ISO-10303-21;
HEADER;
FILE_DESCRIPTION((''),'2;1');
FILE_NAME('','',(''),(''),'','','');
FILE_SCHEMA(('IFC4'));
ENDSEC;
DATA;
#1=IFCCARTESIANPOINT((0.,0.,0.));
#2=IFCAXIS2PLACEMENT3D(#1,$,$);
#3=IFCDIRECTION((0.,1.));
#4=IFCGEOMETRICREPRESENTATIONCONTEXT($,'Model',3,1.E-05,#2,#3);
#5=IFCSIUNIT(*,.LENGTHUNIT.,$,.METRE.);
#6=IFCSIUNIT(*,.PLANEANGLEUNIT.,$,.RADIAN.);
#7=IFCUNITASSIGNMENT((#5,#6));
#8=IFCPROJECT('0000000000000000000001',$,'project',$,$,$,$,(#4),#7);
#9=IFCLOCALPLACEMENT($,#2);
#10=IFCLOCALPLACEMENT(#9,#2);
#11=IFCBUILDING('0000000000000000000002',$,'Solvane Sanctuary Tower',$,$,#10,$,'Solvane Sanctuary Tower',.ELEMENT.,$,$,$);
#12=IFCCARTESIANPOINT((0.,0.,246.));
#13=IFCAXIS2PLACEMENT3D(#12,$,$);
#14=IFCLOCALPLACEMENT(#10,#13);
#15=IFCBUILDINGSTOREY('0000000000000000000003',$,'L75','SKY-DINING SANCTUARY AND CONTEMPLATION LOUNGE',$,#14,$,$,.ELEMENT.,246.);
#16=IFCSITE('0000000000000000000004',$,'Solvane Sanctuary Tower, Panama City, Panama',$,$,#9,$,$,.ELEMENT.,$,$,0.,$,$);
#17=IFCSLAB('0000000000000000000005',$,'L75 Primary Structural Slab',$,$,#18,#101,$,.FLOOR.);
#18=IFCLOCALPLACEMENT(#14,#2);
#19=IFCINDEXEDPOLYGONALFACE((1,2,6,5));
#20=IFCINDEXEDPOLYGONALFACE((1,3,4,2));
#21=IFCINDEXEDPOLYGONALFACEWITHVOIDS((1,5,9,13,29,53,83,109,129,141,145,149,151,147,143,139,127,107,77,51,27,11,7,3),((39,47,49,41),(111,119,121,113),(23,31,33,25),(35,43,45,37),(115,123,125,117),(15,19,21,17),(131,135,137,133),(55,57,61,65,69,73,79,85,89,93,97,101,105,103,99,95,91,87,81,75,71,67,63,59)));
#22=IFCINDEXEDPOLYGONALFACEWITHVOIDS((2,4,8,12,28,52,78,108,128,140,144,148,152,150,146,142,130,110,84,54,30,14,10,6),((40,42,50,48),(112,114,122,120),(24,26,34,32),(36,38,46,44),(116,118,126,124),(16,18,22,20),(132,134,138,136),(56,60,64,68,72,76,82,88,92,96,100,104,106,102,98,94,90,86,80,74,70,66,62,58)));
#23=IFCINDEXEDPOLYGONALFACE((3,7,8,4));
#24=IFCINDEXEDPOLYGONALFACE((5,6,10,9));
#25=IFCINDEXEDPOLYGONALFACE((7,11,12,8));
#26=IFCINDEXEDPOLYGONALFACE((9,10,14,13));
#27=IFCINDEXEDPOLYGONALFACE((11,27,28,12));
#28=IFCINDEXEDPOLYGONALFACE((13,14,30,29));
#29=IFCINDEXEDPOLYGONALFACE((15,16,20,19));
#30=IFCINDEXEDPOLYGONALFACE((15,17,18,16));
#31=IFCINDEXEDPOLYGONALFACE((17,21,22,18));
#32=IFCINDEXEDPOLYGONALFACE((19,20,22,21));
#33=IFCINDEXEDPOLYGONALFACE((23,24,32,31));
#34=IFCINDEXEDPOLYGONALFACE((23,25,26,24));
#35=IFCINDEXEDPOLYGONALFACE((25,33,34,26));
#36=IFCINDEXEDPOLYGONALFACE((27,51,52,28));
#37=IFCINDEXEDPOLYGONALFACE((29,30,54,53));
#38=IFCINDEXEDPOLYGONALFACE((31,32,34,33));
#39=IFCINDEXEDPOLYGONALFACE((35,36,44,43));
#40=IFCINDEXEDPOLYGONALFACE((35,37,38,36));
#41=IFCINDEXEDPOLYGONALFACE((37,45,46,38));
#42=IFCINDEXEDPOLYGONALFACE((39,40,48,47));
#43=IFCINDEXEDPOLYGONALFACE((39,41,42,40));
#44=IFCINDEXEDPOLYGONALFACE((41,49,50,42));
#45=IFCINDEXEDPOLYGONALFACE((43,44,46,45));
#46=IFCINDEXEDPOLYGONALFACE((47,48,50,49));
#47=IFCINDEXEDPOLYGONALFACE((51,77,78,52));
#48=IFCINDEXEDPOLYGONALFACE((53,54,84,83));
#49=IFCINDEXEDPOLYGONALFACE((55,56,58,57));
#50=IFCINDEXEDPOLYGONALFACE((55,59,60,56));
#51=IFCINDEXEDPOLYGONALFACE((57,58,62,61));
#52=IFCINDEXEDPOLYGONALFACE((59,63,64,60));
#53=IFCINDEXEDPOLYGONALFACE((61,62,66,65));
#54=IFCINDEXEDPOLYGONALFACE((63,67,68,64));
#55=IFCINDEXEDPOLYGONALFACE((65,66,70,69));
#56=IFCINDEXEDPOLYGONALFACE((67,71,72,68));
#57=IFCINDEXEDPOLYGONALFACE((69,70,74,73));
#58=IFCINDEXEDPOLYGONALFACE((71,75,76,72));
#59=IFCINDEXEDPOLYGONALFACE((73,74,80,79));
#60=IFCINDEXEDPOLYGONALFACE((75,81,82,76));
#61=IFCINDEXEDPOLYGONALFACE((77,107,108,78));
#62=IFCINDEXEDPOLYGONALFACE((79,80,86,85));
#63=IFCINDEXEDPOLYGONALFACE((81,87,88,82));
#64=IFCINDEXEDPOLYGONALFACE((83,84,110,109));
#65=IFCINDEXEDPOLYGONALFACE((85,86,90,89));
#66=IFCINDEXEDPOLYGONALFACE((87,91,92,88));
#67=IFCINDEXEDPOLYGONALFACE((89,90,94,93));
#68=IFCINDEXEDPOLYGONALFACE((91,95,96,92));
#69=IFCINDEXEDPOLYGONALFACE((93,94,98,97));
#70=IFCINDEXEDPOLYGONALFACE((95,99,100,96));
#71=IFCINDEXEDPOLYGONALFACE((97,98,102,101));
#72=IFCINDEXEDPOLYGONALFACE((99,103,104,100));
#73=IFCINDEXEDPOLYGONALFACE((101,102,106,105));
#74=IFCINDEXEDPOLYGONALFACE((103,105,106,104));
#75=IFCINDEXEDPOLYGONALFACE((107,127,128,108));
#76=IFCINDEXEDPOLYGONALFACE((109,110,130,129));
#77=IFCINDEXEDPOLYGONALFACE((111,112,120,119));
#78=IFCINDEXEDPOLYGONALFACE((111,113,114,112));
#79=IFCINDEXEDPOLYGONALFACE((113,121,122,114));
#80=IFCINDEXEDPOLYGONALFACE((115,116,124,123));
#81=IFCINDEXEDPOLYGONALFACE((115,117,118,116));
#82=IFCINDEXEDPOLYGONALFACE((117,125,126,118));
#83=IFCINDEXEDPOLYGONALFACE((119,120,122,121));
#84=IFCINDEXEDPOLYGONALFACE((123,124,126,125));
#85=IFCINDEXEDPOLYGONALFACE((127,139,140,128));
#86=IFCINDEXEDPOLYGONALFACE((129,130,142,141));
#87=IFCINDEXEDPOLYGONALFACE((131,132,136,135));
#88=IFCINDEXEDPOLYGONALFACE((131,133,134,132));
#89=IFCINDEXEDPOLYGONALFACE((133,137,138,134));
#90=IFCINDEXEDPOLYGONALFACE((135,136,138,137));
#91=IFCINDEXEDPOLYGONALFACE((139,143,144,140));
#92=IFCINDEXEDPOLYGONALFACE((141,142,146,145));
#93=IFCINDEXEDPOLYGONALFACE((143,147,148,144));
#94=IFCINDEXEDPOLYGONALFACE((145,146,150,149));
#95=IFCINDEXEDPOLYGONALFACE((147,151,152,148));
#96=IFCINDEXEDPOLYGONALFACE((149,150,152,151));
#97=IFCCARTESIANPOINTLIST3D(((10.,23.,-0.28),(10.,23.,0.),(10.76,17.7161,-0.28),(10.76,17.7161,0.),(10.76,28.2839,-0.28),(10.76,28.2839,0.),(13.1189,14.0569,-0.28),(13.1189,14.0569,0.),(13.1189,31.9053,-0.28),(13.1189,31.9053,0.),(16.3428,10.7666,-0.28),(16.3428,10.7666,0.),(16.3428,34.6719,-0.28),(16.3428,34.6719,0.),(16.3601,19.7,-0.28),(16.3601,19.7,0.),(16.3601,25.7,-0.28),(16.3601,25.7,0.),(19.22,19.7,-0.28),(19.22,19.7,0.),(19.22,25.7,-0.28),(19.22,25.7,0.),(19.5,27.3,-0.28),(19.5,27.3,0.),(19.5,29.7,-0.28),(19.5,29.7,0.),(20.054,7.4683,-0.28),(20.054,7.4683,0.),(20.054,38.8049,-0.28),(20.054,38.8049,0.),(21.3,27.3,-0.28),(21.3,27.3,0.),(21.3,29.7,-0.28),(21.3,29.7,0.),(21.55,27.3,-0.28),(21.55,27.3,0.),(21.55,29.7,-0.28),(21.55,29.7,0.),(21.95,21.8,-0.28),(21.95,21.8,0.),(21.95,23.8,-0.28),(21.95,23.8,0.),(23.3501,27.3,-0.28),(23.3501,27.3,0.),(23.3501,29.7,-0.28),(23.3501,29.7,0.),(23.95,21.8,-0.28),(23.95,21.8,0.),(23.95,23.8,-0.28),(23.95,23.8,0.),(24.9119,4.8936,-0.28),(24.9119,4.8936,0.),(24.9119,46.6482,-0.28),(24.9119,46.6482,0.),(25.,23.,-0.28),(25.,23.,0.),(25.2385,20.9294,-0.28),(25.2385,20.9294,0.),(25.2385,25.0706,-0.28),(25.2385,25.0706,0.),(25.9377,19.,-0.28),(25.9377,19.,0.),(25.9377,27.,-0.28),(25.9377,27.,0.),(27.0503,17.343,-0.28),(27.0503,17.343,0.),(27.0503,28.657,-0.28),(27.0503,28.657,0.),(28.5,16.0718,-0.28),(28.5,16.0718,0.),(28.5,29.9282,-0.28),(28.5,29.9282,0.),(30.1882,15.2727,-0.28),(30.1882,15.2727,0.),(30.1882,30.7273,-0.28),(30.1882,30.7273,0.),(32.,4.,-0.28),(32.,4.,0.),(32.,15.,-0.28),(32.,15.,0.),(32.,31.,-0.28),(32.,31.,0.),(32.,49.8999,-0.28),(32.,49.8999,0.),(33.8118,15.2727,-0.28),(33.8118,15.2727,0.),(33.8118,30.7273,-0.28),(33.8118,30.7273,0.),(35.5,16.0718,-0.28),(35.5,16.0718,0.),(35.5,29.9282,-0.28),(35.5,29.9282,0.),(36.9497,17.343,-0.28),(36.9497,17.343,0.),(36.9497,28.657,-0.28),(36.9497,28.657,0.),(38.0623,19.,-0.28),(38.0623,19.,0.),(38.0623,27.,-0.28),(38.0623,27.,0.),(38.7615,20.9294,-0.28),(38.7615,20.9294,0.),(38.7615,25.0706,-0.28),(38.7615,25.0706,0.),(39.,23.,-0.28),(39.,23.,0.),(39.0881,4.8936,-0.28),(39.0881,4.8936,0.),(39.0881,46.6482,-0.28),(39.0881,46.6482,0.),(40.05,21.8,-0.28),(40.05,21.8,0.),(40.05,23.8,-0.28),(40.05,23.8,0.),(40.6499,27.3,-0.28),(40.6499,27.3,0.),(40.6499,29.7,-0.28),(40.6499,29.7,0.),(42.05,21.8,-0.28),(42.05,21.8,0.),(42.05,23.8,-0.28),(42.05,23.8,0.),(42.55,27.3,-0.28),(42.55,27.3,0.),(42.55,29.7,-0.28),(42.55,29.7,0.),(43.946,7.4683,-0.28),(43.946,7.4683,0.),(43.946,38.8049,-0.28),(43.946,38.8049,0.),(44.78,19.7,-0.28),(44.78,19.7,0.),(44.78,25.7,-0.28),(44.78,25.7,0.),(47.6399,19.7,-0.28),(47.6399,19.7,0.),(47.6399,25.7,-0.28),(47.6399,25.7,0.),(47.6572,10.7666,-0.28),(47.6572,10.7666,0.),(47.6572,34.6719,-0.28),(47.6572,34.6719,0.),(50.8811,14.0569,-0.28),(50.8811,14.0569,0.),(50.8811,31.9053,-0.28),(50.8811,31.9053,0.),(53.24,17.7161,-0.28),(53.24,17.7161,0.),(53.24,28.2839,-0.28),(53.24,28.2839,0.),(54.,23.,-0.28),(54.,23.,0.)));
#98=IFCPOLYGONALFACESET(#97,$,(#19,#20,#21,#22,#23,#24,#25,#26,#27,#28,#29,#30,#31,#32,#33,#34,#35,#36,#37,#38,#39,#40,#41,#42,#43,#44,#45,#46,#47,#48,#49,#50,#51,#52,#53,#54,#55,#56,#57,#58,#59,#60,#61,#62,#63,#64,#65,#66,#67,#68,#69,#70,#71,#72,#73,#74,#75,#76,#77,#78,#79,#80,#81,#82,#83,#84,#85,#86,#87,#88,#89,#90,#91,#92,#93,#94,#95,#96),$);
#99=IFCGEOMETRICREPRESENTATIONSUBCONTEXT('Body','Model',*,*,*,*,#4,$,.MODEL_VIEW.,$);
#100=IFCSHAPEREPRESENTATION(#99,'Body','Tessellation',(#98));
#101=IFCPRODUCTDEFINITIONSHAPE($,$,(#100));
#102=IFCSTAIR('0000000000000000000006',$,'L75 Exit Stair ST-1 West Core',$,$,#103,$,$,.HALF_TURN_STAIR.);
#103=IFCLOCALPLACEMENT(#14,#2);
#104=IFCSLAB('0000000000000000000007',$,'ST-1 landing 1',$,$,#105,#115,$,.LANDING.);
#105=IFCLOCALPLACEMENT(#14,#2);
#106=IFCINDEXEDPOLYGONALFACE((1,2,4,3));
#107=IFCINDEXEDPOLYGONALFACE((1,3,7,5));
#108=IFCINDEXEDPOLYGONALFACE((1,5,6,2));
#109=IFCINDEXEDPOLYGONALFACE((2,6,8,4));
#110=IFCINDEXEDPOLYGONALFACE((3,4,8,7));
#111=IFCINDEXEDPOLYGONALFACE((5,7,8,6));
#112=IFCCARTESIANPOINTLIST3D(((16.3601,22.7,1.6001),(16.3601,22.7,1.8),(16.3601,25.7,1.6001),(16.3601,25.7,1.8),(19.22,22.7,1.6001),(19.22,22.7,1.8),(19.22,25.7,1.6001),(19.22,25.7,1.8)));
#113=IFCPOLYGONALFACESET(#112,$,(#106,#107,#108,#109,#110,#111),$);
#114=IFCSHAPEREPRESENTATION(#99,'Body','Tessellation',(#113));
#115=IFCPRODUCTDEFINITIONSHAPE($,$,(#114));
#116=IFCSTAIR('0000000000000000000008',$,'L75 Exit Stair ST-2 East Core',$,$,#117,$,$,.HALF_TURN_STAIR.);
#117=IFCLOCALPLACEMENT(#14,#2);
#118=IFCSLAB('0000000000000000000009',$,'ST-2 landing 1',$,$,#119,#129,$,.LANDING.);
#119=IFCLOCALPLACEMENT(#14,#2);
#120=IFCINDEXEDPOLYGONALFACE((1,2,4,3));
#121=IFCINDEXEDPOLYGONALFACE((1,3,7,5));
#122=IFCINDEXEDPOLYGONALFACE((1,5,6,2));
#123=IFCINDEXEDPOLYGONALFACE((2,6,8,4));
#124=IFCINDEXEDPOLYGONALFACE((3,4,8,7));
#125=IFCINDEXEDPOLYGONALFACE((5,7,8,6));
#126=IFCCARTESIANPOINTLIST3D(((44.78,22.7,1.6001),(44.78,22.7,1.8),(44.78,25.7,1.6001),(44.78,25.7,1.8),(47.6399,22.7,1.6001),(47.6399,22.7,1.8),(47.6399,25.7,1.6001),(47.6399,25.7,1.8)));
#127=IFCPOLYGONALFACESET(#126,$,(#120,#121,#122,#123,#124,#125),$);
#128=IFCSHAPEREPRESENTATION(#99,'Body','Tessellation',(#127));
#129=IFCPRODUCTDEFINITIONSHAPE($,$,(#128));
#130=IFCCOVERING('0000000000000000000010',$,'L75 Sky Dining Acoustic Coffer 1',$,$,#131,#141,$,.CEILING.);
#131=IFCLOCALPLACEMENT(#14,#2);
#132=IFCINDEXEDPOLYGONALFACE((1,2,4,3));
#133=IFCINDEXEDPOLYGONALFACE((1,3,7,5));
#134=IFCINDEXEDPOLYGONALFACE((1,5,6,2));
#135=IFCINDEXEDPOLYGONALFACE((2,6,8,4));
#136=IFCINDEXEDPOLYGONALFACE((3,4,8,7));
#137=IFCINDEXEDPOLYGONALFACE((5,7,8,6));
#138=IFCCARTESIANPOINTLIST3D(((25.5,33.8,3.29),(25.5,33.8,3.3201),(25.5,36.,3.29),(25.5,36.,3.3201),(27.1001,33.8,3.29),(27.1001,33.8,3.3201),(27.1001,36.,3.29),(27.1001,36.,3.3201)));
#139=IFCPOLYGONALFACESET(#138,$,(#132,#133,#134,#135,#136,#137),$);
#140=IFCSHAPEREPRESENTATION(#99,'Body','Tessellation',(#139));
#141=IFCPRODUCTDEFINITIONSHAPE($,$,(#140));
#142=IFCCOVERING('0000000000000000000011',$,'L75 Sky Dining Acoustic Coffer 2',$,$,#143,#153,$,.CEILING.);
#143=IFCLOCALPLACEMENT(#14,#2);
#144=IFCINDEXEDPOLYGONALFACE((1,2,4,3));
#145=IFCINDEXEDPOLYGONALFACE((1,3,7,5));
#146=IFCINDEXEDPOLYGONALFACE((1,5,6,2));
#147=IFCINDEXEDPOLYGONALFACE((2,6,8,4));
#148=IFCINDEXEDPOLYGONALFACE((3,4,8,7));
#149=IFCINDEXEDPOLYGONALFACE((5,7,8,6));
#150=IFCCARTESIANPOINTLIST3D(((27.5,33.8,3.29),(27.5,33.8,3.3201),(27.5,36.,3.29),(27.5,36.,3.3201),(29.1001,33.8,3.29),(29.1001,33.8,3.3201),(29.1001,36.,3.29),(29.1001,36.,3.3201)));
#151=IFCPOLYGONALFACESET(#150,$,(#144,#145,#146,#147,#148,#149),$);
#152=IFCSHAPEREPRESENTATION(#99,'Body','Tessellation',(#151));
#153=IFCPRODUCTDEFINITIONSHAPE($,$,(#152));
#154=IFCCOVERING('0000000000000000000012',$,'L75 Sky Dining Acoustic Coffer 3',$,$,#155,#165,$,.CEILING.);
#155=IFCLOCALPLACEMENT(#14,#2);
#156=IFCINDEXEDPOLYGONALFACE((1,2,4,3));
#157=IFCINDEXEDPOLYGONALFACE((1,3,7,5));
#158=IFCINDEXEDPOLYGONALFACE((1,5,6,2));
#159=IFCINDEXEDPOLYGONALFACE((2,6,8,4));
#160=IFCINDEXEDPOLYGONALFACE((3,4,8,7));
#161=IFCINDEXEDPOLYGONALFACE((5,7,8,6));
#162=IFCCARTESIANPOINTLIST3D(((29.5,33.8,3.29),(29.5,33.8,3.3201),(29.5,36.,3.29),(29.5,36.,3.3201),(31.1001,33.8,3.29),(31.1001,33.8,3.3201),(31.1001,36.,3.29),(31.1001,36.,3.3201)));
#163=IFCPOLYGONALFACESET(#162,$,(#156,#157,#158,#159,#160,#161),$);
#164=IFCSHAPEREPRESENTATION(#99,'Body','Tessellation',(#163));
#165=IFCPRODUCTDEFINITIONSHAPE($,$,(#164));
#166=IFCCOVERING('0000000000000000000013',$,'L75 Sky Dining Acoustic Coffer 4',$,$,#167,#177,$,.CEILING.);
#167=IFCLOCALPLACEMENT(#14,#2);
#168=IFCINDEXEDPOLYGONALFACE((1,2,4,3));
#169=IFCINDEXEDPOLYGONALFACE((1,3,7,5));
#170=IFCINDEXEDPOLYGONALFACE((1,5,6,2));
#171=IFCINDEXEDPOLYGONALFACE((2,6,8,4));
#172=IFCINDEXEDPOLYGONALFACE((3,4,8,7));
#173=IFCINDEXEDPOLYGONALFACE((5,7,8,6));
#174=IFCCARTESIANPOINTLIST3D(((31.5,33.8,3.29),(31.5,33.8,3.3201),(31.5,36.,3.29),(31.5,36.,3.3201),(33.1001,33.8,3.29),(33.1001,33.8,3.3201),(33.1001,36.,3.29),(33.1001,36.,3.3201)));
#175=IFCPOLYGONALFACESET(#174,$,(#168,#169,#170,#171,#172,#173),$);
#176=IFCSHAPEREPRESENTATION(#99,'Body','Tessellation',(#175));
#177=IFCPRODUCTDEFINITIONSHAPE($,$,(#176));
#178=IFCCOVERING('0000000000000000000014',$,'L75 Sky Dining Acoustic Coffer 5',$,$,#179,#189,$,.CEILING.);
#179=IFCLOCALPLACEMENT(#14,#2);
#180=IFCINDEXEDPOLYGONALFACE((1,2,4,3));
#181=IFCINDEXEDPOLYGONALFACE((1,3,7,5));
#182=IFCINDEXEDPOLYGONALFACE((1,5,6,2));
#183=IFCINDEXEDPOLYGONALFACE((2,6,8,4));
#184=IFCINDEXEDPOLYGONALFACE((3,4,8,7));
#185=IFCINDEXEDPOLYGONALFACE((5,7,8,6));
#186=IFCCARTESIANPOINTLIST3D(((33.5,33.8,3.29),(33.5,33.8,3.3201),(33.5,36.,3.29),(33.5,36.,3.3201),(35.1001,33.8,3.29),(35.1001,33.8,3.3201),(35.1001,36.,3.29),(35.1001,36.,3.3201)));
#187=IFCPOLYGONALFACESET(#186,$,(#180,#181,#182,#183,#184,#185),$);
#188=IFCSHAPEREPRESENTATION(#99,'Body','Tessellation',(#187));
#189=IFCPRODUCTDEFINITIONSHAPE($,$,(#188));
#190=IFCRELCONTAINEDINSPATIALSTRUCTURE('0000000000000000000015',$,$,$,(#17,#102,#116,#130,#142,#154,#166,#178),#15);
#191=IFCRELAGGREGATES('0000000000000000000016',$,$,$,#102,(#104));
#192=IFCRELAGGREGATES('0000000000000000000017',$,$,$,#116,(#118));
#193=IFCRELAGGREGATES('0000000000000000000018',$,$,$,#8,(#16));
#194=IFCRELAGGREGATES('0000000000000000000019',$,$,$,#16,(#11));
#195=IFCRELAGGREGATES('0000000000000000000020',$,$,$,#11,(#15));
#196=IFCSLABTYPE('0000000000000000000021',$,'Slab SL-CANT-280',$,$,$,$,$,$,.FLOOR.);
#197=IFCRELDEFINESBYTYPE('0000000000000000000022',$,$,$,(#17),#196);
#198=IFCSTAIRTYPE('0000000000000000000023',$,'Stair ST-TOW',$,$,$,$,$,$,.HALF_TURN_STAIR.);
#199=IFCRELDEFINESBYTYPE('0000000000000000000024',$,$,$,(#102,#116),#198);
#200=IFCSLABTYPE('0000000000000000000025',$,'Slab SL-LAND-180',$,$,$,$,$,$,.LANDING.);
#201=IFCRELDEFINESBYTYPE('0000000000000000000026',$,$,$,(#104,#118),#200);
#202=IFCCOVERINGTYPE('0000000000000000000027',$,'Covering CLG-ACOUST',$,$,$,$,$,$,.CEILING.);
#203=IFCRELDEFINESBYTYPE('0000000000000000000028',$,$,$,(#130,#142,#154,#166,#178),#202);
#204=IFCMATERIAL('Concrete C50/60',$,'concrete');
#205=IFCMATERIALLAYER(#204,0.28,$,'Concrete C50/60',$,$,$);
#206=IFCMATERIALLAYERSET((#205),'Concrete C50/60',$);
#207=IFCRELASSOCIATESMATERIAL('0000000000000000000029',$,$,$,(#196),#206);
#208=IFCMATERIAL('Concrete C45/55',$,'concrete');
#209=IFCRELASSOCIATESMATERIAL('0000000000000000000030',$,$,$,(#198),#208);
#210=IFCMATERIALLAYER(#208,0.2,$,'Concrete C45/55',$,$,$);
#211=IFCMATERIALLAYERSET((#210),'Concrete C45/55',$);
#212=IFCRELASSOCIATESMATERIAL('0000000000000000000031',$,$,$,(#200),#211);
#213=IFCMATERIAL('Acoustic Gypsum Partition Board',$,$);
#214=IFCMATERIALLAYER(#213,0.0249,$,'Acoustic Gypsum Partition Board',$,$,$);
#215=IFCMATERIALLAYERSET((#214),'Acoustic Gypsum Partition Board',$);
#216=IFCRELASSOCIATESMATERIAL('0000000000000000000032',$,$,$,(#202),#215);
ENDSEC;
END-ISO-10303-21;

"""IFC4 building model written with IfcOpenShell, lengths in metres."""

from ifc_helpers import new_model, si_unit, direction, frame, origin, place, context, subcontext, project, spatial, polyline, outline, extrude, material, layer, layer_set, type_object, element, aggregate, save


model = new_model("IFC4")

# Units and contexts
model_context = context("Model", 3, precision=1e-05, world=origin(), true_north=direction((0.0, 1.0)))
body_context = subcontext(model_context, "Body", "Model", "MODEL_VIEW")
ifc_project = project(units=[si_unit("LENGTHUNIT", "METRE"), si_unit("PLANEANGLEUNIT", "RADIAN")], contexts=[model_context])

# Site, building, storey
site_placement = place(None, origin())
site = spatial("IfcSite", under=ifc_project, at=site_placement, Name="Solvane Sanctuary Tower, Panama City, Panama", CompositionType="ELEMENT", RefElevation=0.0)
building_placement = place(site_placement, origin())
building = spatial("IfcBuilding", under=site, at=building_placement, Name="Solvane Sanctuary Tower", LongName="Solvane Sanctuary Tower", CompositionType="ELEMENT")
storey_placement = place(building_placement, frame((0.0, 0.0, 246.0)))
storey = spatial("IfcBuildingStorey", under=building, at=storey_placement, Name="L75", Description="SKY-DINING SANCTUARY AND CONTEMPLATION LOUNGE", CompositionType="ELEMENT", Elevation=246.0)

# Slab
ifc_material_1 = material(Name="Concrete C50/60", Category="concrete")
ifc_layer_1 = layer(ifc_material_1, 0.28, Name="Concrete C50/60")
ifc_layer_set_1 = layer_set([ifc_layer_1], Name="Concrete C50/60")
slab_type_1 = type_object("IfcSlabType", Name="Slab SL-CANT-280", PredefinedType="FLOOR", material=ifc_layer_set_1)
slab_1_placement = place(storey_placement, frame((0.0, 0.0, -0.28)))
element("IfcSlab", 1, at=slab_1_placement, inside=storey, type_object=slab_type_1, Name="L75 Primary Structural Slab", PredefinedType="FLOOR", context=body_context, shape_type="SweptSolid", body=[
    extrude(outline(polyline([(54.0, 23.0), (53.24, 28.2839), (50.8811, 31.9053), (47.6572, 34.6719), (43.946, 38.8049), (39.0881, 46.6482), (32.0, 49.8999), (24.9119, 46.6482), (20.054, 38.8049), (16.3428, 34.6719), (13.1189, 31.9053), (10.76, 28.2839), (10.0, 23.0), (10.76, 17.7161), (13.1189, 14.0569), (16.3428, 10.7666), (20.054, 7.4683), (24.9119, 4.8936), (32.0, 4.0), (39.0881, 4.8936), (43.946, 7.4683), (47.6572, 10.7666), (50.8811, 14.0569), (53.24, 17.7161), (54.0, 23.0)]), holes=[polyline([(38.7615, 20.9294), (38.0623, 19.0), (36.9497, 17.343), (35.5, 16.0718), (33.8118, 15.2727), (32.0, 15.0), (30.1882, 15.2727), (28.5, 16.0718), (27.0503, 17.343), (25.9377, 19.0), (25.2385, 20.9294), (25.0, 23.0), (25.2385, 25.0706), (25.9377, 27.0), (27.0503, 28.657), (28.5, 29.9282), (30.1882, 30.7273), (32.0, 31.0), (33.8118, 30.7273), (35.5, 29.9282), (36.9497, 28.657), (38.0623, 27.0), (38.7615, 25.0706), (39.0, 23.0), (38.7615, 20.9294)]), polyline([(16.3601, 19.7), (16.3601, 25.7), (19.22, 25.7), (19.22, 19.7), (16.3601, 19.7)]), polyline([(44.78, 19.7), (44.78, 25.7), (47.6399, 25.7), (47.6399, 19.7), (44.78, 19.7)]), polyline([(21.95, 23.8), (23.95, 23.8), (23.95, 21.8), (21.95, 21.8), (21.95, 23.8)]), polyline([(40.05, 23.8), (42.05, 23.8), (42.05, 21.8), (40.05, 21.8), (40.05, 23.8)]), polyline([(19.5, 29.7), (21.3, 29.7), (21.3, 27.3), (19.5, 27.3), (19.5, 29.7)]), polyline([(21.55, 29.7), (23.3501, 29.7), (23.3501, 27.3), (21.55, 27.3), (21.55, 29.7)]), polyline([(40.6499, 29.7), (42.55, 29.7), (42.55, 27.3), (40.6499, 27.3), (40.6499, 29.7)])]), origin(), (0.0, 0.0, 1.0), 0.28),
])

# Stairs, slabs
ifc_material_2 = material(Name="Concrete C45/55", Category="concrete")
stair_type = type_object("IfcStairType", Name="Stair ST-TOW", PredefinedType="HALF_TURN_STAIR", material=ifc_material_2)
stair_1_placement = place(storey_placement, origin())
stair_1 = element("IfcStair", 2, at=stair_1_placement, inside=storey, type_object=stair_type, Name="L75 Exit Stair ST-1 West Core", PredefinedType="HALF_TURN_STAIR")
ifc_layer_2 = layer(ifc_material_2, 0.2, Name="Concrete C45/55")
ifc_layer_set_2 = layer_set([ifc_layer_2], Name="Concrete C45/55")
slab_type_2 = type_object("IfcSlabType", Name="Slab SL-LAND-180", PredefinedType="LANDING", material=ifc_layer_set_2)
slab_2_placement = place(storey_placement, frame((0.0, 0.0, 1.6001)))
slab_2 = element("IfcSlab", 3, at=slab_2_placement, type_object=slab_type_2, Name="ST-1 landing 1", PredefinedType="LANDING", context=body_context, shape_type="SweptSolid", body=[
    extrude(outline(polyline([(19.22, 22.7), (19.22, 25.7), (16.3601, 25.7), (16.3601, 22.7), (19.22, 22.7)])), origin(), (0.0, 0.0, 1.0), 0.2),
])
aggregate(stair_1, [slab_2])
stair_2_placement = place(storey_placement, origin())
stair_2 = element("IfcStair", 4, at=stair_2_placement, inside=storey, type_object=stair_type, Name="L75 Exit Stair ST-2 East Core", PredefinedType="HALF_TURN_STAIR")
slab_3_placement = place(storey_placement, frame((0.0, 0.0, 1.6001)))
slab_3 = element("IfcSlab", 5, at=slab_3_placement, type_object=slab_type_2, Name="ST-2 landing 1", PredefinedType="LANDING", context=body_context, shape_type="SweptSolid", body=[
    extrude(outline(polyline([(47.6399, 22.7), (47.6399, 25.7), (44.78, 25.7), (44.78, 22.7), (47.6399, 22.7)])), origin(), (0.0, 0.0, 1.0), 0.2),
])
aggregate(stair_2, [slab_3])

# Coverings
ifc_material_3 = material(Name="Acoustic Gypsum Partition Board")
ifc_layer_3 = layer(ifc_material_3, 0.0249, Name="Acoustic Gypsum Partition Board")
ifc_layer_set_3 = layer_set([ifc_layer_3], Name="Acoustic Gypsum Partition Board")
covering_type_1 = type_object("IfcCoveringType", Name="Covering CLG-ACOUST", PredefinedType="CEILING", material=ifc_layer_set_3)
covering_1_placement = place(storey_placement, frame((0.0, 0.0, 3.29)))
element("IfcCovering", 6, at=covering_1_placement, inside=storey, type_object=covering_type_1, Name="L75 Sky Dining Acoustic Coffer 1", PredefinedType="CEILING", context=body_context, shape_type="SweptSolid", body=[
    extrude(outline(polyline([(25.5, 33.8), (27.1001, 33.8), (27.1001, 36.0), (25.5, 36.0), (25.5, 33.8)])), origin(), (0.0, 0.0, 1.0), 0.03),
])
covering_2_placement = place(storey_placement, frame((0.0, 0.0, 3.29)))
element("IfcCovering", 7, at=covering_2_placement, inside=storey, type_object=covering_type_1, Name="L75 Sky Dining Acoustic Coffer 2", PredefinedType="CEILING", context=body_context, shape_type="SweptSolid", body=[
    extrude(outline(polyline([(27.5, 33.8), (29.1001, 33.8), (29.1001, 36.0), (27.5, 36.0), (27.5, 33.8)])), origin(), (0.0, 0.0, 1.0), 0.03),
])
covering_3_placement = place(storey_placement, frame((0.0, 0.0, 3.29)))
element("IfcCovering", 8, at=covering_3_placement, inside=storey, type_object=covering_type_1, Name="L75 Sky Dining Acoustic Coffer 3", PredefinedType="CEILING", context=body_context, shape_type="SweptSolid", body=[
    extrude(outline(polyline([(29.5, 33.8), (31.1001, 33.8), (31.1001, 36.0), (29.5, 36.0), (29.5, 33.8)])), origin(), (0.0, 0.0, 1.0), 0.03),
])
covering_4_placement = place(storey_placement, frame((0.0, 0.0, 3.29)))
element("IfcCovering", 9, at=covering_4_placement, inside=storey, type_object=covering_type_1, Name="L75 Sky Dining Acoustic Coffer 4", PredefinedType="CEILING", context=body_context, shape_type="SweptSolid", body=[
    extrude(outline(polyline([(31.5, 33.8), (33.1001, 33.8), (33.1001, 36.0), (31.5, 36.0), (31.5, 33.8)])), origin(), (0.0, 0.0, 1.0), 0.03),
])
covering_5_placement = place(storey_placement, frame((0.0, 0.0, 3.29)))
element("IfcCovering", 10, at=covering_5_placement, inside=storey, type_object=covering_type_1, Name="L75 Sky Dining Acoustic Coffer 5", PredefinedType="CEILING", context=body_context, shape_type="SweptSolid", body=[
    extrude(outline(polyline([(33.5, 33.8), (35.1001, 33.8), (35.1001, 36.0), (33.5, 36.0), (33.5, 33.8)])), origin(), (0.0, 0.0, 1.0), 0.03),
])

save(model, "model.ifc")
